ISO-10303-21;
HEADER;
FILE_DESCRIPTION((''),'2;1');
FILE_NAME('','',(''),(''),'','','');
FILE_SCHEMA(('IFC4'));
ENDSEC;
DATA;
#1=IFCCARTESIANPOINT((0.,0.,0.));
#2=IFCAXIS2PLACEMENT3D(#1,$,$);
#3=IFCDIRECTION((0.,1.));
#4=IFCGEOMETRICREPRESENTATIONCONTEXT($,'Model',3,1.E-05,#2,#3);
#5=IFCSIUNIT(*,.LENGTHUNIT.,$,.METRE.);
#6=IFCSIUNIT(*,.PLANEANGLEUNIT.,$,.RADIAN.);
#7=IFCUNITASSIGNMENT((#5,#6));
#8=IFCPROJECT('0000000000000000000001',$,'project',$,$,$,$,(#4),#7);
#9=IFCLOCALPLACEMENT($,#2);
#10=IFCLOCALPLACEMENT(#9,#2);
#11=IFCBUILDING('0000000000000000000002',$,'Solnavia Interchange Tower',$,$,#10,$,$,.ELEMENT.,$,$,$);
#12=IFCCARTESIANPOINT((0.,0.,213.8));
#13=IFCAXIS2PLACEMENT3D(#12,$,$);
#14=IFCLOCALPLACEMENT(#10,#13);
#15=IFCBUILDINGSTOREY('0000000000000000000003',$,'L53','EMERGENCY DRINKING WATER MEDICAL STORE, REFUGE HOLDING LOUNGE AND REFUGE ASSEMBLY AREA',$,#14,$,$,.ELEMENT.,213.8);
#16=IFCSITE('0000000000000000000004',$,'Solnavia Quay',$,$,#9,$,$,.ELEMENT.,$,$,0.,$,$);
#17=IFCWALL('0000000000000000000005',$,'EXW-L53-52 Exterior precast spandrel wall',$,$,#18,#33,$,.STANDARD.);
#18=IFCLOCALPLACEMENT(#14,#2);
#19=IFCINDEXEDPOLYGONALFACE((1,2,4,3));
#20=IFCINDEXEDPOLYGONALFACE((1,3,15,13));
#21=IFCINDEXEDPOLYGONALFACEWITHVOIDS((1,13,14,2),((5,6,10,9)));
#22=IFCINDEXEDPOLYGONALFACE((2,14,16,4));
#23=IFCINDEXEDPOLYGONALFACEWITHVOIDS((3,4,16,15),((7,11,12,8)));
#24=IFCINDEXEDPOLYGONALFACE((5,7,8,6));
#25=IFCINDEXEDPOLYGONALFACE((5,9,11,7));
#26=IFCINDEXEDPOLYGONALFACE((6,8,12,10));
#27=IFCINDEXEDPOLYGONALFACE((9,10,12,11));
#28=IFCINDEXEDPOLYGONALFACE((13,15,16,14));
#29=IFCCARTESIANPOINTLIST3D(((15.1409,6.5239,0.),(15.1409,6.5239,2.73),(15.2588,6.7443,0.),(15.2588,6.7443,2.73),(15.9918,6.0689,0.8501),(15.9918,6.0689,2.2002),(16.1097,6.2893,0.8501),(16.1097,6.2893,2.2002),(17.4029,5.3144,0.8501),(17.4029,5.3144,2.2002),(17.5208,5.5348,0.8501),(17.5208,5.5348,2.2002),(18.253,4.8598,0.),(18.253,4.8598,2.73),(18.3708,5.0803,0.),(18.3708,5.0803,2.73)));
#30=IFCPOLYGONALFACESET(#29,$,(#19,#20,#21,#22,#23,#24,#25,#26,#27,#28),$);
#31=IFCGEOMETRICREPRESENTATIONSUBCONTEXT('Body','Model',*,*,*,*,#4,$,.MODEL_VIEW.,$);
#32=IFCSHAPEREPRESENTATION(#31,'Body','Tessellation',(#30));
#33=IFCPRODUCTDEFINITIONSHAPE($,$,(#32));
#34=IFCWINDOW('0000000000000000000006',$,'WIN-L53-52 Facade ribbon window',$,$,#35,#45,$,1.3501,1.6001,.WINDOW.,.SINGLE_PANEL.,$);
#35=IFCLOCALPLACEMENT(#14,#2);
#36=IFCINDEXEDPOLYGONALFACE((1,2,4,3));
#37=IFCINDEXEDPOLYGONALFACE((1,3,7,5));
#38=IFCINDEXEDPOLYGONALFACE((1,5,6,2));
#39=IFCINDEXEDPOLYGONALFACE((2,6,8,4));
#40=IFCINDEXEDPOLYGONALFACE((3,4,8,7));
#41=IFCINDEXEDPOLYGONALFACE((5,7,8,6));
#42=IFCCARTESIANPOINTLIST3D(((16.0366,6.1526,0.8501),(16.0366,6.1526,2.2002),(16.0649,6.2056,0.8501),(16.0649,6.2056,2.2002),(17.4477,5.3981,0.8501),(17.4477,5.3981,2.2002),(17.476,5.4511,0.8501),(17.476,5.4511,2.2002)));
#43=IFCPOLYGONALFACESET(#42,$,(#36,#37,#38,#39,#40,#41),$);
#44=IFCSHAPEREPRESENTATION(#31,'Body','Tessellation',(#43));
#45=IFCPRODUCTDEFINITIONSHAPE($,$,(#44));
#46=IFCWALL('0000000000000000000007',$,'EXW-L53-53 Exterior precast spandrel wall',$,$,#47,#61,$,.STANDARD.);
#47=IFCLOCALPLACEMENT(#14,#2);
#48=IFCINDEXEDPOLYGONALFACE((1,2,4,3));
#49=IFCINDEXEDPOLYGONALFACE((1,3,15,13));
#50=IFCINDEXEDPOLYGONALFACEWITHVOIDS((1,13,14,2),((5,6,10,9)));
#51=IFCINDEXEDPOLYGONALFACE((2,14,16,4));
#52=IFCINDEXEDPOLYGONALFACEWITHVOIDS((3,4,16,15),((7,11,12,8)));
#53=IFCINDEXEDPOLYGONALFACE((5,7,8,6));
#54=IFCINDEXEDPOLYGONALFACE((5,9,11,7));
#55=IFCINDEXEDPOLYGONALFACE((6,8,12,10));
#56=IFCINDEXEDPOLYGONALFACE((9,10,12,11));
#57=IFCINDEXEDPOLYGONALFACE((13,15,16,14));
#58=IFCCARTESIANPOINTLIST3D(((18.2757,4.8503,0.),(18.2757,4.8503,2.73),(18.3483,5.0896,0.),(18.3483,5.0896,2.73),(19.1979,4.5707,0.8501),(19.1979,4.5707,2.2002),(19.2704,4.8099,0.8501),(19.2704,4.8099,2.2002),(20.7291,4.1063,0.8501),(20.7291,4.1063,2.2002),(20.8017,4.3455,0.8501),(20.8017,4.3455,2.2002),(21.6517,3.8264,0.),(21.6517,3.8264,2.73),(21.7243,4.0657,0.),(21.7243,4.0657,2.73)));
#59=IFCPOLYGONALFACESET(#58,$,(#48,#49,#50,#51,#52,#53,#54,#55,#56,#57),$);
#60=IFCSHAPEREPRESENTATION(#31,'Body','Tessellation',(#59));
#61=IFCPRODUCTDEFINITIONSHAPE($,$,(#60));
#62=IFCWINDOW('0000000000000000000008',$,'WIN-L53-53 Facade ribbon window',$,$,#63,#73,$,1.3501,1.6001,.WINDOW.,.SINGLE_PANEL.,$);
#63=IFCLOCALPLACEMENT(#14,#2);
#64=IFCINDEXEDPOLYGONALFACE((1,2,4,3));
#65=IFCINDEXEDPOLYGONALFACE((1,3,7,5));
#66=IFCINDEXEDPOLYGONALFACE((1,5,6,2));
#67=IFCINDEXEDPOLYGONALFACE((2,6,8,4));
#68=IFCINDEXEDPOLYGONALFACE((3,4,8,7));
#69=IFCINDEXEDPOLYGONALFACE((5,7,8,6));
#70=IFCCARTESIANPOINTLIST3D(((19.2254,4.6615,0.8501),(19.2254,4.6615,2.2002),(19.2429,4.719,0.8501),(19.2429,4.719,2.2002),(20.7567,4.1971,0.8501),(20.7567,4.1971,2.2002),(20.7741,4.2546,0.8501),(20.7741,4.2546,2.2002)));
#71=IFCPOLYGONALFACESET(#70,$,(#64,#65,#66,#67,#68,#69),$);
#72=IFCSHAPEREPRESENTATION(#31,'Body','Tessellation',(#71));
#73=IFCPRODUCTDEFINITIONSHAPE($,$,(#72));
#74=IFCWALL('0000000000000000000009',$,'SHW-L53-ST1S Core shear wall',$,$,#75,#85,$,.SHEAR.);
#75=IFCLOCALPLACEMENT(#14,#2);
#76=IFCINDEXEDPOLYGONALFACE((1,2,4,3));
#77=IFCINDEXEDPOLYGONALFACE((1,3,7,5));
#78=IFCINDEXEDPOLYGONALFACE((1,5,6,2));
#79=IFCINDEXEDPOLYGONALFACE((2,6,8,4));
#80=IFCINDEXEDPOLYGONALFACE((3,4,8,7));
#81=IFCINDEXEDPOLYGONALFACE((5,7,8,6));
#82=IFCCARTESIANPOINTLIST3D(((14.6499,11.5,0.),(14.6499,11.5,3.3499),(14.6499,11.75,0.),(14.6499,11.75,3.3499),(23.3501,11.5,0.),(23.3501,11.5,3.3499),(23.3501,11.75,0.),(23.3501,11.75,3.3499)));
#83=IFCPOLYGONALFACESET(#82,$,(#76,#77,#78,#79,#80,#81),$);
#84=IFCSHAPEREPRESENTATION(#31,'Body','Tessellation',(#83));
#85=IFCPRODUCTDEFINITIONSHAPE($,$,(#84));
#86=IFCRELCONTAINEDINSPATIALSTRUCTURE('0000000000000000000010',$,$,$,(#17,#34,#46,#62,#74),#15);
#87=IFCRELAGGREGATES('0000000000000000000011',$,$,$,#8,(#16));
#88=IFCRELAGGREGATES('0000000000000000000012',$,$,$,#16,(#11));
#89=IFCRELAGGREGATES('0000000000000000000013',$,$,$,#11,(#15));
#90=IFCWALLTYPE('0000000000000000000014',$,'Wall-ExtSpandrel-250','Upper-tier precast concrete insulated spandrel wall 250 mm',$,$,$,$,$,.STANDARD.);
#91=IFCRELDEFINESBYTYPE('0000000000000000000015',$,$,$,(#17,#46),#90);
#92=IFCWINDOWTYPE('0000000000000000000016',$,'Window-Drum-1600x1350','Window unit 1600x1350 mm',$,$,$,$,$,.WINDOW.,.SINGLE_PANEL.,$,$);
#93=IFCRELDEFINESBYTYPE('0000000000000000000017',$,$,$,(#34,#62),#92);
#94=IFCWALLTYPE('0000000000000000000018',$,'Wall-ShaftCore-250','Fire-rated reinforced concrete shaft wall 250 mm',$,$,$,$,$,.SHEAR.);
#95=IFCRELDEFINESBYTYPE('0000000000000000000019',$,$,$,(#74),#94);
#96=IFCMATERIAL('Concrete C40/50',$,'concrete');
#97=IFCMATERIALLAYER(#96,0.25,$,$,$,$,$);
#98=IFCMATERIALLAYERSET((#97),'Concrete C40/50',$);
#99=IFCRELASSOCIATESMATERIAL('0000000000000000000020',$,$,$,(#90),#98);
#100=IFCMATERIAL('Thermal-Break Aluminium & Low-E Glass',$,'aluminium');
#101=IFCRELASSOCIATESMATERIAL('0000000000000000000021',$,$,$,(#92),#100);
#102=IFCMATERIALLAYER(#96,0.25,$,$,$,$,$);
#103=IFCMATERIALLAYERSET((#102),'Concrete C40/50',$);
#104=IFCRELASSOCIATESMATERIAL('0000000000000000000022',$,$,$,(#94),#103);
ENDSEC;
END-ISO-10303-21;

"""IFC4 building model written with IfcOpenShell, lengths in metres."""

from ifc_helpers import new_model, si_unit, direction, frame, frame_2d, origin, place, context, subcontext, project, spatial, rectangle, extrude, material, layer, layer_set, type_object, element, fill, save


model = new_model("IFC4")

# Units and contexts
model_context = context("Model", 3, precision=1e-05, world=origin(), true_north=direction((0.0, 1.0)))
body_context = subcontext(model_context, "Body", "Model", "MODEL_VIEW")
ifc_project = project(units=[si_unit("LENGTHUNIT", "METRE"), si_unit("PLANEANGLEUNIT", "RADIAN")], contexts=[model_context])

# Site, building, storey
site_placement = place(None, origin())
site = spatial("IfcSite", under=ifc_project, at=site_placement, Name="Solnavia Quay", CompositionType="ELEMENT", RefElevation=0.0)
building_placement = place(site_placement, origin())
building = spatial("IfcBuilding", under=site, at=building_placement, Name="Solnavia Interchange Tower", CompositionType="ELEMENT")
storey_placement = place(building_placement, frame((0.0, 0.0, 213.8)))
storey = spatial("IfcBuildingStorey", under=building, at=storey_placement, Name="L53", Description="EMERGENCY DRINKING WATER MEDICAL STORE, REFUGE HOLDING LOUNGE AND REFUGE ASSEMBLY AREA", CompositionType="ELEMENT", Elevation=213.8)

# Walls, openings, windows
ifc_material_1 = material(Name="Concrete C40/50", Category="concrete")
ifc_layer_1 = layer(ifc_material_1, 0.25)
ifc_layer_set_1 = layer_set([ifc_layer_1], Name="Concrete C40/50")
wall_type_1 = type_object("IfcWallType", Name="Wall-ExtSpandrel-250", Description="Upper-tier precast concrete insulated spandrel wall 250 mm", PredefinedType="STANDARD", material=ifc_layer_set_1)
ifc_material_2 = material(Name="Thermal-Break Aluminium & Low-E Glass", Category="aluminium")
window_type = type_object("IfcWindowType", Name="Window-Drum-1600x1350", Description="Window unit 1600x1350 mm", PartitioningType="SINGLE_PANEL", PredefinedType="WINDOW", material=ifc_material_2)
wall_1_placement = place(storey_placement, frame((18.312, 4.97, 0.0), z_axis=(0.0, 0.0, 1.0), x_axis=(-0.881847, 0.471536, 0.0)))
wall_1 = element("IfcWall", 1, at=wall_1_placement, inside=storey, type_object=wall_type_1, Name="EXW-L53-52 Exterior precast spandrel wall", PredefinedType="STANDARD", context=body_context, shape_type="SweptSolid", body=[
    extrude(rectangle(XDim=3.5291, YDim=0.25, at=frame_2d((1.7646, 0.0))), origin(), (0.0, 0.0, 1.0), 2.73),
])
opening_1_placement = place(wall_1_placement, frame((0.9641, 0.0, 0.8501)))
opening_1 = element("IfcOpeningElement", 2, at=opening_1_placement, cuts=wall_1, PredefinedType="OPENING", context=body_context, shape_type="SweptSolid", body=[
    extrude(rectangle(XDim=1.6001, YDim=1.3501, at=frame_2d((0.8, 0.675))), frame((0.0, 0.135, 0.0), z_axis=(0.0, -1.0, 0.0), x_axis=(1.0, 0.0, 0.0)), (0.0, 0.0, 1.0), 0.27),
])
window_1_placement = place(opening_1_placement, origin())
window_1 = element("IfcWindow", 3, at=window_1_placement, inside=storey, type_object=window_type, Name="WIN-L53-52 Facade ribbon window", OverallHeight=1.3501, OverallWidth=1.6001, PartitioningType="SINGLE_PANEL", PredefinedType="WINDOW", context=body_context, shape_type="SweptSolid", body=[
    extrude(rectangle(XDim=1.6001, YDim=1.3501, at=frame_2d((0.8, 0.675))), frame((0.0, 0.03, 0.0), z_axis=(0.0, -1.0, 0.0), x_axis=(1.0, 0.0, 0.0)), (0.0, 0.0, 1.0), 0.0601),
])
fill(opening_1, window_1)
wall_2_placement = place(storey_placement, frame((21.688, 3.946, 0.0), z_axis=(0.0, 0.0, 1.0), x_axis=(-0.956953, 0.290242, 0.0)))
wall_2 = element("IfcWall", 4, at=wall_2_placement, inside=storey, type_object=wall_type_1, Name="EXW-L53-53 Exterior precast spandrel wall", PredefinedType="STANDARD", context=body_context, shape_type="SweptSolid", body=[
    extrude(rectangle(XDim=3.5278, YDim=0.25, at=frame_2d((1.7639, 0.0))), origin(), (0.0, 0.0, 1.0), 2.73),
])
opening_2_placement = place(wall_2_placement, frame((0.9641, 0.0, 0.8501)))
opening_2 = element("IfcOpeningElement", 5, at=opening_2_placement, cuts=wall_2, PredefinedType="OPENING", context=body_context, shape_type="SweptSolid", body=[
    extrude(rectangle(XDim=1.6001, YDim=1.3501, at=frame_2d((0.8, 0.675))), frame((0.0, 0.135, 0.0), z_axis=(0.0, -1.0, 0.0), x_axis=(1.0, 0.0, 0.0)), (0.0, 0.0, 1.0), 0.27),
])
window_2_placement = place(opening_2_placement, origin())
window_2 = element("IfcWindow", 6, at=window_2_placement, inside=storey, type_object=window_type, Name="WIN-L53-53 Facade ribbon window", OverallHeight=1.3501, OverallWidth=1.6001, PartitioningType="SINGLE_PANEL", PredefinedType="WINDOW", context=body_context, shape_type="SweptSolid", body=[
    extrude(rectangle(XDim=1.6001, YDim=1.3501, at=frame_2d((0.8, 0.675))), frame((0.0, 0.03, 0.0), z_axis=(0.0, -1.0, 0.0), x_axis=(1.0, 0.0, 0.0)), (0.0, 0.0, 1.0), 0.0601),
])
fill(opening_2, window_2)

# Wall
ifc_layer_2 = layer(ifc_material_1, 0.25)
ifc_layer_set_2 = layer_set([ifc_layer_2], Name="Concrete C40/50")
wall_type_2 = type_object("IfcWallType", Name="Wall-ShaftCore-250", Description="Fire-rated reinforced concrete shaft wall 250 mm", PredefinedType="SHEAR", material=ifc_layer_set_2)
wall_3_placement = place(storey_placement, frame((14.6499, 11.625, 0.0), z_axis=(0.0, 0.0, 1.0), x_axis=(1.0, 0.0, 0.0)))
element("IfcWall", 7, at=wall_3_placement, inside=storey, type_object=wall_type_2, Name="SHW-L53-ST1S Core shear wall", PredefinedType="SHEAR", context=body_context, shape_type="SweptSolid", body=[
    extrude(rectangle(XDim=8.7002, YDim=0.25, at=frame_2d((4.3501, 0.0))), origin(), (0.0, 0.0, 1.0), 3.3499),
])

save(model, "model.ifc")
